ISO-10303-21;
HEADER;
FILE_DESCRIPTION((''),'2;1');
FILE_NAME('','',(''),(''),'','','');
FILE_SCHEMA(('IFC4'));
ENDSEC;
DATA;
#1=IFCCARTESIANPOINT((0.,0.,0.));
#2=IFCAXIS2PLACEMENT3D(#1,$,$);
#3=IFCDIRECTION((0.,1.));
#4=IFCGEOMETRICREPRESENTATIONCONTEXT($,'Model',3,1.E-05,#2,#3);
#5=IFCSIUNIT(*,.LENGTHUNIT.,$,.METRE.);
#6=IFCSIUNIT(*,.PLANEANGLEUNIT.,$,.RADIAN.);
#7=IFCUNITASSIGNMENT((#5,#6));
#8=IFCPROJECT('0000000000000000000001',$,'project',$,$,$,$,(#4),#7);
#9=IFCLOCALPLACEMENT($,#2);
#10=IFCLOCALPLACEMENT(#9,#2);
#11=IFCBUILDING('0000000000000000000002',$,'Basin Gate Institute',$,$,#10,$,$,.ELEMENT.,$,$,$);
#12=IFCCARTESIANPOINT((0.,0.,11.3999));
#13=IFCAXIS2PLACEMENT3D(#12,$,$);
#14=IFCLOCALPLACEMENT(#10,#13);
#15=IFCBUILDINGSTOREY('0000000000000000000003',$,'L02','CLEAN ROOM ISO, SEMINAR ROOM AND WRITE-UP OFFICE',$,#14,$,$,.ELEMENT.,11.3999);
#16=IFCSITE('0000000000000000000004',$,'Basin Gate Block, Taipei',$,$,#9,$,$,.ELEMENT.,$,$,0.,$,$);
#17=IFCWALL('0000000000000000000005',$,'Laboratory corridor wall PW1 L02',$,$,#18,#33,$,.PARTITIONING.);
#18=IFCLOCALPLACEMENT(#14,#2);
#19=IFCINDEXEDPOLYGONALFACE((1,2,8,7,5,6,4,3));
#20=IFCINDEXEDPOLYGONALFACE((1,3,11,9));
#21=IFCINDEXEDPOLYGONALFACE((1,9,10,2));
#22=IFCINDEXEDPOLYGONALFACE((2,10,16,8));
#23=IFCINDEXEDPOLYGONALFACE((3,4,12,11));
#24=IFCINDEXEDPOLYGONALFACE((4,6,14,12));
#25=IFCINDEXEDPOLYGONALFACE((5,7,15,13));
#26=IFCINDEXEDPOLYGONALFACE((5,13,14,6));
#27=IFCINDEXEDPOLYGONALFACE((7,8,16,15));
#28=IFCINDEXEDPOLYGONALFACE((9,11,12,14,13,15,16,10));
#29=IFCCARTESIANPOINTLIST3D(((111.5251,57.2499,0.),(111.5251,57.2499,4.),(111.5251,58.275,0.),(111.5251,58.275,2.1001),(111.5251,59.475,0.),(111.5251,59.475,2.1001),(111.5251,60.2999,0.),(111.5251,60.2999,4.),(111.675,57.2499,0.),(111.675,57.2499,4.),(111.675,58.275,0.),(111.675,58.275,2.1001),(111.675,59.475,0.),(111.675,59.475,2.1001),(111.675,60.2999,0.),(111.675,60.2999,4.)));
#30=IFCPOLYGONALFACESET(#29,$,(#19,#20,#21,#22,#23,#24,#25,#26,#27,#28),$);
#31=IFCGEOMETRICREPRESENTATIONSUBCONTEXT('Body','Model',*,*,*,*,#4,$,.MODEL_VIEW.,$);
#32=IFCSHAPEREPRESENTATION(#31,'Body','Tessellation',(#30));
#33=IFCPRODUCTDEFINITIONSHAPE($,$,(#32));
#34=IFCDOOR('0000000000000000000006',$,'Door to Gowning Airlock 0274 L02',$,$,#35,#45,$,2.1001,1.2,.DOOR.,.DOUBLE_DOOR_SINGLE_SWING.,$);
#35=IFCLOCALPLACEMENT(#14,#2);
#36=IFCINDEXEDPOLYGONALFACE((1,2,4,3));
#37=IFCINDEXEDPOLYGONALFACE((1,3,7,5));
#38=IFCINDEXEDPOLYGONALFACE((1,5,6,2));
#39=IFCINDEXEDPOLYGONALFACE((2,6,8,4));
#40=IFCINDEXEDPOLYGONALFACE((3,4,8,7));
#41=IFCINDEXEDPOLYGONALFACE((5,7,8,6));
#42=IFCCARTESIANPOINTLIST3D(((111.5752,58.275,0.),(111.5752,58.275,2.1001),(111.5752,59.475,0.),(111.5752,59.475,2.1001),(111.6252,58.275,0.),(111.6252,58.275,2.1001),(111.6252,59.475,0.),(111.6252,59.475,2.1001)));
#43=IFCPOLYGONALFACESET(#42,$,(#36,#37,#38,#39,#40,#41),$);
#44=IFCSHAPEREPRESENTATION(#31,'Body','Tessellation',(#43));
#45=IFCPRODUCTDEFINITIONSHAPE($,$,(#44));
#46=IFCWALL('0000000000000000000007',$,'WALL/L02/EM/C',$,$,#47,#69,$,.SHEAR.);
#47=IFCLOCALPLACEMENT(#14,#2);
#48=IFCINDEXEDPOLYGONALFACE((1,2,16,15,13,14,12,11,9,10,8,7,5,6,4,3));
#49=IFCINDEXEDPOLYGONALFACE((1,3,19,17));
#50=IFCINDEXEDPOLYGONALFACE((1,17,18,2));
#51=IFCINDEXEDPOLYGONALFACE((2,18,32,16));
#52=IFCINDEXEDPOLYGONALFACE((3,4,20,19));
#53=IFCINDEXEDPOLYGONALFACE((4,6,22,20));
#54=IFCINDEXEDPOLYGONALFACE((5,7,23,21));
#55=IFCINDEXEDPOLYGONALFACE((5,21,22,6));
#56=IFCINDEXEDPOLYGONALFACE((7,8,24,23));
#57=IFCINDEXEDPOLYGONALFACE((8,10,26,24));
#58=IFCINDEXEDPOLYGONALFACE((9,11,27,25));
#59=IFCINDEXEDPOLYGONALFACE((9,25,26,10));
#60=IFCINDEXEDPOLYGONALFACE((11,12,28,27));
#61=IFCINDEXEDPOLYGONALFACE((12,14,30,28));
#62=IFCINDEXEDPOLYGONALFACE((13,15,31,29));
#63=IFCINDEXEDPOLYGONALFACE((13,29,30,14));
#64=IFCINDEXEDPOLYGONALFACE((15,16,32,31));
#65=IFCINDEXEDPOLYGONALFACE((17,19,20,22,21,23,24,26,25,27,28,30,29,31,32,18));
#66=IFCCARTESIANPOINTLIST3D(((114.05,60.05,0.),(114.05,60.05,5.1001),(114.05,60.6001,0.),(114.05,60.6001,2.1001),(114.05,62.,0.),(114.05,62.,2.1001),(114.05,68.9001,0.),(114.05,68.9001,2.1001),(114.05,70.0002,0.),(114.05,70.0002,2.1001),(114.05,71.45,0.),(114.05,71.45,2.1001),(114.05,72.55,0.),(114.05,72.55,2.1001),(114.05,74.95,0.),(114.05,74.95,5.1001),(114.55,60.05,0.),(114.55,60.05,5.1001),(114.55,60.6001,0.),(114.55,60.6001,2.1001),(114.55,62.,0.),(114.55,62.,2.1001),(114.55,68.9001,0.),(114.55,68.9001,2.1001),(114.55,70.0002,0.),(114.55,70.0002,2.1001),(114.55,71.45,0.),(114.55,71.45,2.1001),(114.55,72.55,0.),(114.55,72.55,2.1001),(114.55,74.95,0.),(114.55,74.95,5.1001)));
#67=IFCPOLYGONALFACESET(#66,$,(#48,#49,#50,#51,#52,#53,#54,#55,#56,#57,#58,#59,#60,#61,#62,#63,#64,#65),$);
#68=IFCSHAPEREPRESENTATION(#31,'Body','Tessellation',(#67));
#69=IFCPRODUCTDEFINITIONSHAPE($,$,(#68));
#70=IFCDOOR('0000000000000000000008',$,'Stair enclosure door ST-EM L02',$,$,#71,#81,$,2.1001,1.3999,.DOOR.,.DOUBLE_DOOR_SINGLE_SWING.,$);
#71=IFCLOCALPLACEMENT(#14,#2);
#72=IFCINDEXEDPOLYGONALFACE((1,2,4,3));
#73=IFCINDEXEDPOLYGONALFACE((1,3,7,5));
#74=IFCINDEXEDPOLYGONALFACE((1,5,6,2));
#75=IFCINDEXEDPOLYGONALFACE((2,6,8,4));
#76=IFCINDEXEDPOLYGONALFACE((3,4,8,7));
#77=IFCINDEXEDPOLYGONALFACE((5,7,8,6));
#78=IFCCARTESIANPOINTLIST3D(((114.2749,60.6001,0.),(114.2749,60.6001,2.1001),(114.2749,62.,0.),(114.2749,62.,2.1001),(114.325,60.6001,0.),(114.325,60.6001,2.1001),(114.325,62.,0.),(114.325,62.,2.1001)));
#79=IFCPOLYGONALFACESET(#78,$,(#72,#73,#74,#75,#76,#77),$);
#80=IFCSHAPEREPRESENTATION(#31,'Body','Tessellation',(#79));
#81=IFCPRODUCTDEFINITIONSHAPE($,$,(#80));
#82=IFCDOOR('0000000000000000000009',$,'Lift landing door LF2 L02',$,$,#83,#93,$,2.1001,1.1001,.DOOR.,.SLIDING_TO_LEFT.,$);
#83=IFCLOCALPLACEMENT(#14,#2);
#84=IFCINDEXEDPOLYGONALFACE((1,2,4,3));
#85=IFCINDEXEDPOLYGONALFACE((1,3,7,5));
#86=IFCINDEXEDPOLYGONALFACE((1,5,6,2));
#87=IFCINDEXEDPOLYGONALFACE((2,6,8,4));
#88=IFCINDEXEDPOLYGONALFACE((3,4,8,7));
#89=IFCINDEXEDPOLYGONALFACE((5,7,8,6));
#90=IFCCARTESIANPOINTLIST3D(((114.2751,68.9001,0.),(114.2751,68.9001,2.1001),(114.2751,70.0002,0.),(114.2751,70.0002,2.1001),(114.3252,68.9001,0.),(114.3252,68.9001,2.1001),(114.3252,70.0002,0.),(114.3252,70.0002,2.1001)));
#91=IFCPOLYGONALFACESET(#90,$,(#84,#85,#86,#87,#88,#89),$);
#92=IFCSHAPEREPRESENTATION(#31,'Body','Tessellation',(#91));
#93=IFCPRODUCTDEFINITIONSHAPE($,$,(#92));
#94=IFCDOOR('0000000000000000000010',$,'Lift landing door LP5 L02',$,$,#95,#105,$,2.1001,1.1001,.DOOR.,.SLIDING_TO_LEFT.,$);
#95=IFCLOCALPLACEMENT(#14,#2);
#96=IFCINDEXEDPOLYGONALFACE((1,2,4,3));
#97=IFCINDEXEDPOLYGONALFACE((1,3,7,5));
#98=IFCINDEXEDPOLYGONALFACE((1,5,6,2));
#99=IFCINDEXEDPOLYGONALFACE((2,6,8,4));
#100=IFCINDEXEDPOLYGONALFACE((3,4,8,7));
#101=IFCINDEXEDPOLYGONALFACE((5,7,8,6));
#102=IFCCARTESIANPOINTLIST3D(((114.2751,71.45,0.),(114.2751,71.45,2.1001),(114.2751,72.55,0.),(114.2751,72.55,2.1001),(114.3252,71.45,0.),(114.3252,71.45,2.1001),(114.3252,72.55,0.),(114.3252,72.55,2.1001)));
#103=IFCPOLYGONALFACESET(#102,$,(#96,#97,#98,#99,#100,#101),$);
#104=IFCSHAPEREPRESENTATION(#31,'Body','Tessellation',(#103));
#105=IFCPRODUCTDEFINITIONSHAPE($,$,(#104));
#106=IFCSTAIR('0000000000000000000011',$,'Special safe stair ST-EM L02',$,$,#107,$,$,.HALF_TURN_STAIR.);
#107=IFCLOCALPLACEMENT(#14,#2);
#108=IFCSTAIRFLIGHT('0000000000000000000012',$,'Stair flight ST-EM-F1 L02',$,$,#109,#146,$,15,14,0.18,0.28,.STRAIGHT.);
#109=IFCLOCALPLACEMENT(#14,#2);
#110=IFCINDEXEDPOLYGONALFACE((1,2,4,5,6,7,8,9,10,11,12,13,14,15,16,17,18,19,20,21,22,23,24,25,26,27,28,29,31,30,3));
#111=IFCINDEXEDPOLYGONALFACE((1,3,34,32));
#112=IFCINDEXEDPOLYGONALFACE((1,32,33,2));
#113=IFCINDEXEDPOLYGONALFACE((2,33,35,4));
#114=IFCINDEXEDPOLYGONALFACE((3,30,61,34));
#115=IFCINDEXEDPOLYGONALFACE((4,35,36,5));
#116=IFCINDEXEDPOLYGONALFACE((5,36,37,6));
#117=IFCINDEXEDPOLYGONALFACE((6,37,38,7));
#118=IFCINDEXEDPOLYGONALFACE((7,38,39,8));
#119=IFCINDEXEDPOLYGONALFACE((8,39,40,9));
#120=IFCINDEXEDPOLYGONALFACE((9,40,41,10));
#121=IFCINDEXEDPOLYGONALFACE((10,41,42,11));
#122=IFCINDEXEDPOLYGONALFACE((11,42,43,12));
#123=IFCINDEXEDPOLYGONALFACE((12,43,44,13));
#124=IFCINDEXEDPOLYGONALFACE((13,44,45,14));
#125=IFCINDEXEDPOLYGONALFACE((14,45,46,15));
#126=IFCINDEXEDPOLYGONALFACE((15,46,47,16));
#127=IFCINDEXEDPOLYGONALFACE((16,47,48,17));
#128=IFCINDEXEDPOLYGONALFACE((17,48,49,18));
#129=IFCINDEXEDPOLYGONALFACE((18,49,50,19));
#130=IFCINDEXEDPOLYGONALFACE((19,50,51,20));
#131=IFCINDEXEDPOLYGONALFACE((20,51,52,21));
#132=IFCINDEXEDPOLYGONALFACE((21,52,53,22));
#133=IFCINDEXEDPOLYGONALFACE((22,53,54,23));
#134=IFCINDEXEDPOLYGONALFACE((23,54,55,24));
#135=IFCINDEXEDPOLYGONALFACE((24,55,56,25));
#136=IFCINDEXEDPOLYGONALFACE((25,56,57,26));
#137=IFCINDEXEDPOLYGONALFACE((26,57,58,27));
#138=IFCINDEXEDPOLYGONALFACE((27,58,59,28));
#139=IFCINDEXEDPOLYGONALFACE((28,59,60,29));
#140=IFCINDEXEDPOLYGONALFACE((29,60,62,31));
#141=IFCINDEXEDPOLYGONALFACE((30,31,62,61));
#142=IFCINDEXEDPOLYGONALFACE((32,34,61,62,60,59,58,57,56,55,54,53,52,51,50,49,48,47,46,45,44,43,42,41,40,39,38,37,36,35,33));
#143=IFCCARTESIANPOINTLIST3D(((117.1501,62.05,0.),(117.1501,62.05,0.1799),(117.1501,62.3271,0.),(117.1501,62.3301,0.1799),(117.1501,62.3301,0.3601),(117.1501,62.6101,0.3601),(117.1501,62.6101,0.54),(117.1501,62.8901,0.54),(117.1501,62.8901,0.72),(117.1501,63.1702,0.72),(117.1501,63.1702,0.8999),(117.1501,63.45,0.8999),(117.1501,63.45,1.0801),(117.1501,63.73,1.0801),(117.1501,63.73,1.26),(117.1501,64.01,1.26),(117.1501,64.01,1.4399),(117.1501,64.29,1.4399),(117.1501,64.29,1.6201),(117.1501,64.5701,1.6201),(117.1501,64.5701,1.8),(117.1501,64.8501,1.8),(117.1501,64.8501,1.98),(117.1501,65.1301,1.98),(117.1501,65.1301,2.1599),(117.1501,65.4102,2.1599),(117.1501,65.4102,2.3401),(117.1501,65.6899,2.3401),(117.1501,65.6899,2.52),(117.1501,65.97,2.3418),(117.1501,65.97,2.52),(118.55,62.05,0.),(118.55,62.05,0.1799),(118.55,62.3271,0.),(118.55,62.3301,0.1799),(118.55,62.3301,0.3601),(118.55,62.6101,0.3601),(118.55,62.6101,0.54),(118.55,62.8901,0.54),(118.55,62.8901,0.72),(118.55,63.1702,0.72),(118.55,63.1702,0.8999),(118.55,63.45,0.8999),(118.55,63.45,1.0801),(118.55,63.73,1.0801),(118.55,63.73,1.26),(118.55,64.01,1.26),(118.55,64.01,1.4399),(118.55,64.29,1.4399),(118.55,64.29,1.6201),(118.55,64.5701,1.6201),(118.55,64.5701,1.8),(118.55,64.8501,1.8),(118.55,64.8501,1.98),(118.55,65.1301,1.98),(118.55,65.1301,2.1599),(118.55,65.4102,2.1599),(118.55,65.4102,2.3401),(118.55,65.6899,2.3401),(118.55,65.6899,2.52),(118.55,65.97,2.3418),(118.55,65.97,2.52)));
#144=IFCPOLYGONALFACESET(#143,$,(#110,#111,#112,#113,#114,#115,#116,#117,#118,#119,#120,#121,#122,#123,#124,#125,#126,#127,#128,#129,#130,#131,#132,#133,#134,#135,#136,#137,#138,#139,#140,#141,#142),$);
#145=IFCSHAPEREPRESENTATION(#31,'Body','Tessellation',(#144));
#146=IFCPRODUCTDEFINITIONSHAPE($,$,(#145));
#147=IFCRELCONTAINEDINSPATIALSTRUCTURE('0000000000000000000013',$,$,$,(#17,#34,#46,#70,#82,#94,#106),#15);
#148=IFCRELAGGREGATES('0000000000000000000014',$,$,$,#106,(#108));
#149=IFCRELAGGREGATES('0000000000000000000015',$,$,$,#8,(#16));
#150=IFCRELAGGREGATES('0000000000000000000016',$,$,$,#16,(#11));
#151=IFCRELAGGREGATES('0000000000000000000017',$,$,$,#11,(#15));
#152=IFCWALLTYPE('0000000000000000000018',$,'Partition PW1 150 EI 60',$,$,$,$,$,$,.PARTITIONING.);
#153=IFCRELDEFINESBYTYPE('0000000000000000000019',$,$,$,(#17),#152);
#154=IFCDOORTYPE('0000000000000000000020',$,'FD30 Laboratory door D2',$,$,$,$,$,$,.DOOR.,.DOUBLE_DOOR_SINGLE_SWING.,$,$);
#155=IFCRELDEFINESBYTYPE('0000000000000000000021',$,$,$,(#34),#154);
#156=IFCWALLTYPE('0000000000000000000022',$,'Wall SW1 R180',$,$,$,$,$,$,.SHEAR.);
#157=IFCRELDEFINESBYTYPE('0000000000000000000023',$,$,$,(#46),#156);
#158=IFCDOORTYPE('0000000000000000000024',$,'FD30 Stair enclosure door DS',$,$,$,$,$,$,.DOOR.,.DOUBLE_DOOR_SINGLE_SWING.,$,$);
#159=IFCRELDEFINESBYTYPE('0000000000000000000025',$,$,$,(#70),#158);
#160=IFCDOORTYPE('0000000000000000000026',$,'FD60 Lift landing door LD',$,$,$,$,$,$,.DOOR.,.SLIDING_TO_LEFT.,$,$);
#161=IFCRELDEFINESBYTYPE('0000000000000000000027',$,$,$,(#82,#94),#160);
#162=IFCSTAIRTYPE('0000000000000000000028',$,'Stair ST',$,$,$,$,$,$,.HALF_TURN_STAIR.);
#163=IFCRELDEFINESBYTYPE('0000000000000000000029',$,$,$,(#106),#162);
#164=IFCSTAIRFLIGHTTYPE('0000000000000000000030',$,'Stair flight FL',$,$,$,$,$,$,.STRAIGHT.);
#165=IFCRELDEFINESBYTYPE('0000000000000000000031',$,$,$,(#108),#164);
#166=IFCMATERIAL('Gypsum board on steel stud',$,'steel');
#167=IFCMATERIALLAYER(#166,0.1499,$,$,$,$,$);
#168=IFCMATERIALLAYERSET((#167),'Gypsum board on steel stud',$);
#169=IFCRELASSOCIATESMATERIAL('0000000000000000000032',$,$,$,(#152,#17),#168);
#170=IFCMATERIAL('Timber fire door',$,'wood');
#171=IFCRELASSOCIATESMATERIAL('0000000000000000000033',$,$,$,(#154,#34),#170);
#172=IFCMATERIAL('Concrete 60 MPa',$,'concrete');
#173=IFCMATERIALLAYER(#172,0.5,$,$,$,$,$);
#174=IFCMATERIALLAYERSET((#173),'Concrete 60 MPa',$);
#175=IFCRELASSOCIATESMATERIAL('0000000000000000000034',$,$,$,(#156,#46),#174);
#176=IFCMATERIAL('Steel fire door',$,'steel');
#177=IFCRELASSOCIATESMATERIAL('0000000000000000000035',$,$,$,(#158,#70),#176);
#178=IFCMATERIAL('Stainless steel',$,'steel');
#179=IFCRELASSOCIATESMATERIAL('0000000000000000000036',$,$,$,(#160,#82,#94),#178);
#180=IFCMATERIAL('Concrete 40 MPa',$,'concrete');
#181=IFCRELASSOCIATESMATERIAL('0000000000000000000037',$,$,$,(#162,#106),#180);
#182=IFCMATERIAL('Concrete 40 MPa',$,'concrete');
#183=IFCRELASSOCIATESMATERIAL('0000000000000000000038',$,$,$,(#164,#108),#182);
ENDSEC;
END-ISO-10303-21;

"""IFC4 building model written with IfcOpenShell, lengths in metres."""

from ifc_helpers import new_model, si_unit, direction, frame, frame_2d, origin, place, context, subcontext, project, spatial, polyline, rectangle, outline, extrude, material, layer, layer_set, type_object, element, fill, aggregate, save


model = new_model("IFC4")

# Units and contexts
model_context = context("Model", 3, precision=1e-05, world=origin(), true_north=direction((0.0, 1.0)))
body_context = subcontext(model_context, "Body", "Model", "MODEL_VIEW")
ifc_project = project(units=[si_unit("LENGTHUNIT", "METRE"), si_unit("PLANEANGLEUNIT", "RADIAN")], contexts=[model_context])

# Site, building, storey
site_placement = place(None, origin())
site = spatial("IfcSite", under=ifc_project, at=site_placement, Name="Basin Gate Block, Taipei", CompositionType="ELEMENT", RefElevation=0.0)
building_placement = place(site_placement, origin())
building = spatial("IfcBuilding", under=site, at=building_placement, Name="Basin Gate Institute", CompositionType="ELEMENT")
storey_placement = place(building_placement, frame((0.0, 0.0, 11.3999)))
storey = spatial("IfcBuildingStorey", under=building, at=storey_placement, Name="L02", Description="CLEAN ROOM ISO, SEMINAR ROOM AND WRITE-UP OFFICE", CompositionType="ELEMENT", Elevation=11.3999)

# Wall, opening, door
ifc_material_1 = material(Name="Gypsum board on steel stud", Category="steel")
ifc_layer_1 = layer(ifc_material_1, 0.1499)
ifc_layer_set_1 = layer_set([ifc_layer_1], Name="Gypsum board on steel stud")
wall_type_1 = type_object("IfcWallType", Name="Partition PW1 150 EI 60", PredefinedType="PARTITIONING", material=ifc_layer_set_1)
wall_1_placement = place(storey_placement, frame((111.6001, 57.25, 0.0), z_axis=(0.0, 0.0, 1.0), x_axis=(0.0, 1.0, 0.0)))
wall_1 = element("IfcWall", 1, at=wall_1_placement, inside=storey, type_object=wall_type_1, material=ifc_layer_set_1, Name="Laboratory corridor wall PW1 L02", PredefinedType="PARTITIONING", context=body_context, shape_type="SweptSolid", body=[
    extrude(rectangle(XDim=3.05, YDim=0.1499, at=frame_2d((1.5249, 0.0))), origin(), (0.0, 0.0, 1.0), 4.0),
])
opening_1_placement = place(wall_1_placement, frame((1.0249, 0.0, 0.0)))
opening_1 = element("IfcOpeningElement", 2, at=opening_1_placement, cuts=wall_1, PredefinedType="OPENING", context=body_context, shape_type="SweptSolid", body=[
    extrude(rectangle(XDim=1.2, YDim=2.1001, at=frame_2d((0.6001, 1.05))), frame((0.0, 0.085, 0.0), z_axis=(0.0, -1.0, 0.0), x_axis=(1.0, 0.0, 0.0)), (0.0, 0.0, 1.0), 0.1699),
])
ifc_material_2 = material(Name="Timber fire door", Category="wood")
door_type_1 = type_object("IfcDoorType", Name="FD30 Laboratory door D2", OperationType="DOUBLE_DOOR_SINGLE_SWING", PredefinedType="DOOR", material=ifc_material_2)
door_1_placement = place(opening_1_placement, origin())
door_1 = element("IfcDoor", 3, at=door_1_placement, inside=storey, type_object=door_type_1, material=ifc_material_2, Name="Door to Gowning Airlock 0274 L02", OperationType="DOUBLE_DOOR_SINGLE_SWING", OverallHeight=2.1001, OverallWidth=1.2, PredefinedType="DOOR", context=body_context, shape_type="SweptSolid", body=[
    extrude(rectangle(XDim=1.2, YDim=2.1001, at=frame_2d((0.6001, 1.05))), frame((0.0, 0.0249, 0.0), z_axis=(0.0, -1.0, 0.0), x_axis=(1.0, 0.0, 0.0)), (0.0, 0.0, 1.0), 0.05),
])
fill(opening_1, door_1)

# Wall, openings, doors
ifc_material_3 = material(Name="Concrete 60 MPa", Category="concrete")
ifc_layer_2 = layer(ifc_material_3, 0.5)
ifc_layer_set_2 = layer_set([ifc_layer_2], Name="Concrete 60 MPa")
wall_type_2 = type_object("IfcWallType", Name="Wall SW1 R180", PredefinedType="SHEAR", material=ifc_layer_set_2)
wall_2_placement = place(storey_placement, frame((114.3, 60.05, 0.0), z_axis=(0.0, 0.0, 1.0), x_axis=(0.0, 1.0, 0.0)))
wall_2 = element("IfcWall", 4, at=wall_2_placement, inside=storey, type_object=wall_type_2, material=ifc_layer_set_2, Name="WALL/L02/EM/C", PredefinedType="SHEAR", context=body_context, shape_type="SweptSolid", body=[
    extrude(rectangle(XDim=14.8999, YDim=0.5, at=frame_2d((7.45, 0.0))), origin(), (0.0, 0.0, 1.0), 5.1001),
])
opening_2_placement = place(wall_2_placement, frame((0.55, 0.0, 0.0)))
opening_2 = element("IfcOpeningElement", 5, at=opening_2_placement, cuts=wall_2, PredefinedType="OPENING", context=body_context, shape_type="SweptSolid", body=[
    extrude(rectangle(XDim=1.3999, YDim=2.1001, at=frame_2d((0.7, 1.05))), frame((0.0, 0.26, 0.0), z_axis=(0.0, -1.0, 0.0), x_axis=(1.0, 0.0, 0.0)), (0.0, 0.0, 1.0), 0.52),
])
opening_3_placement = place(wall_2_placement, frame((8.8501, 0.0, 0.0)))
opening_3 = element("IfcOpeningElement", 6, at=opening_3_placement, cuts=wall_2, PredefinedType="OPENING", context=body_context, shape_type="SweptSolid", body=[
    extrude(rectangle(XDim=1.1001, YDim=2.1001, at=frame_2d((0.55, 1.05))), frame((0.0, 0.26, 0.0), z_axis=(0.0, -1.0, 0.0), x_axis=(1.0, 0.0, 0.0)), (0.0, 0.0, 1.0), 0.52),
])
opening_4_placement = place(wall_2_placement, frame((11.3999, 0.0, 0.0)))
opening_4 = element("IfcOpeningElement", 7, at=opening_4_placement, cuts=wall_2, PredefinedType="OPENING", context=body_context, shape_type="SweptSolid", body=[
    extrude(rectangle(XDim=1.1001, YDim=2.1001, at=frame_2d((0.55, 1.05))), frame((0.0, 0.26, 0.0), z_axis=(0.0, -1.0, 0.0), x_axis=(1.0, 0.0, 0.0)), (0.0, 0.0, 1.0), 0.52),
])
ifc_material_4 = material(Name="Steel fire door", Category="steel")
door_type_2 = type_object("IfcDoorType", Name="FD30 Stair enclosure door DS", OperationType="DOUBLE_DOOR_SINGLE_SWING", PredefinedType="DOOR", material=ifc_material_4)
door_2_placement = place(opening_2_placement, frame((1.3999, 0.0, 0.0), z_axis=(0.0, 0.0, 1.0), x_axis=(-1.0, 0.0, 0.0)))
door_2 = element("IfcDoor", 8, at=door_2_placement, inside=storey, type_object=door_type_2, material=ifc_material_4, Name="Stair enclosure door ST-EM L02", OperationType="DOUBLE_DOOR_SINGLE_SWING", OverallHeight=2.1001, OverallWidth=1.3999, PredefinedType="DOOR", context=body_context, shape_type="SweptSolid", body=[
    extrude(rectangle(XDim=1.3999, YDim=2.1001, at=frame_2d((0.7, 1.05))), frame((0.0, 0.0249, 0.0), z_axis=(0.0, -1.0, 0.0), x_axis=(1.0, 0.0, 0.0)), (0.0, 0.0, 1.0), 0.05),
])
fill(opening_2, door_2)
ifc_material_5 = material(Name="Stainless steel", Category="steel")
door_type_3 = type_object("IfcDoorType", Name="FD60 Lift landing door LD", OperationType="SLIDING_TO_LEFT", PredefinedType="DOOR", material=ifc_material_5)
door_3_placement = place(opening_3_placement, origin())
door_3 = element("IfcDoor", 9, at=door_3_placement, inside=storey, type_object=door_type_3, material=ifc_material_5, Name="Lift landing door LF2 L02", OperationType="SLIDING_TO_LEFT", OverallHeight=2.1001, OverallWidth=1.1001, PredefinedType="DOOR", context=body_context, shape_type="SweptSolid", body=[
    extrude(rectangle(XDim=1.1001, YDim=2.1001, at=frame_2d((0.55, 1.05))), frame((0.0, 0.0249, 0.0), z_axis=(0.0, -1.0, 0.0), x_axis=(1.0, 0.0, 0.0)), (0.0, 0.0, 1.0), 0.05),
])
fill(opening_3, door_3)
door_4_placement = place(opening_4_placement, origin())
door_4 = element("IfcDoor", 10, at=door_4_placement, inside=storey, type_object=door_type_3, material=ifc_material_5, Name="Lift landing door LP5 L02", OperationType="SLIDING_TO_LEFT", OverallHeight=2.1001, OverallWidth=1.1001, PredefinedType="DOOR", context=body_context, shape_type="SweptSolid", body=[
    extrude(rectangle(XDim=1.1001, YDim=2.1001, at=frame_2d((0.55, 1.05))), frame((0.0, 0.0249, 0.0), z_axis=(0.0, -1.0, 0.0), x_axis=(1.0, 0.0, 0.0)), (0.0, 0.0, 1.0), 0.05),
])
fill(opening_4, door_4)

# Stair, stair flight
ifc_material_6 = material(Name="Concrete 40 MPa", Category="concrete")
stair_type = type_object("IfcStairType", Name="Stair ST", PredefinedType="HALF_TURN_STAIR", material=ifc_material_6)
stair_placement = place(storey_placement, origin())
stair = element("IfcStair", 11, at=stair_placement, inside=storey, type_object=stair_type, material=ifc_material_6, Name="Special safe stair ST-EM L02", PredefinedType="HALF_TURN_STAIR")
ifc_material_7 = material(Name="Concrete 40 MPa", Category="concrete")
stair_flight_type = type_object("IfcStairFlightType", Name="Stair flight FL", PredefinedType="STRAIGHT", material=ifc_material_7)
stair_flight_placement = place(storey_placement, frame((117.8501, 62.05, 0.0), z_axis=(0.0, 0.0, 1.0), x_axis=(0.0, 1.0, 0.0)))
stair_flight = element("IfcStairFlight", 12, at=stair_flight_placement, type_object=stair_flight_type, material=ifc_material_7, Name="Stair flight ST-EM-F1 L02", NumberOfRisers=15, NumberOfTreads=14, PredefinedType="STRAIGHT", RiserHeight=0.18, TreadLength=0.28, context=body_context, shape_type="SweptSolid", body=[
    extrude(outline(polyline([(0.0, 0.0), (0.0, 0.1799), (0.28, 0.1799), (0.28, 0.3601), (0.5601, 0.3601), (0.5601, 0.54), (0.8401, 0.54), (0.8401, 0.72), (1.1201, 0.72), (1.1201, 0.8999), (1.3999, 0.8999), (1.3999, 1.0801), (1.6799, 1.0801), (1.6799, 1.26), (1.96, 1.26), (1.96, 1.4399), (2.24, 1.4399), (2.24, 1.6201), (2.52, 1.6201), (2.52, 1.8), (2.8, 1.8), (2.8, 1.98), (3.0801, 1.98), (3.0801, 2.1599), (3.3601, 2.1599), (3.3601, 2.3401), (3.6399, 2.3401), (3.6399, 2.52), (3.9199, 2.52), (3.9199, 2.7), (3.9199, 2.3418), (0.2771, 0.0), (0.0, 0.0)])), frame((0.0, 0.7, 0.0), z_axis=(0.0, -1.0, 0.0), x_axis=(1.0, 0.0, 0.0)), (0.0, 0.0, 1.0), 1.3999),
])
aggregate(stair, [stair_flight])

save(model, "model.ifc")
